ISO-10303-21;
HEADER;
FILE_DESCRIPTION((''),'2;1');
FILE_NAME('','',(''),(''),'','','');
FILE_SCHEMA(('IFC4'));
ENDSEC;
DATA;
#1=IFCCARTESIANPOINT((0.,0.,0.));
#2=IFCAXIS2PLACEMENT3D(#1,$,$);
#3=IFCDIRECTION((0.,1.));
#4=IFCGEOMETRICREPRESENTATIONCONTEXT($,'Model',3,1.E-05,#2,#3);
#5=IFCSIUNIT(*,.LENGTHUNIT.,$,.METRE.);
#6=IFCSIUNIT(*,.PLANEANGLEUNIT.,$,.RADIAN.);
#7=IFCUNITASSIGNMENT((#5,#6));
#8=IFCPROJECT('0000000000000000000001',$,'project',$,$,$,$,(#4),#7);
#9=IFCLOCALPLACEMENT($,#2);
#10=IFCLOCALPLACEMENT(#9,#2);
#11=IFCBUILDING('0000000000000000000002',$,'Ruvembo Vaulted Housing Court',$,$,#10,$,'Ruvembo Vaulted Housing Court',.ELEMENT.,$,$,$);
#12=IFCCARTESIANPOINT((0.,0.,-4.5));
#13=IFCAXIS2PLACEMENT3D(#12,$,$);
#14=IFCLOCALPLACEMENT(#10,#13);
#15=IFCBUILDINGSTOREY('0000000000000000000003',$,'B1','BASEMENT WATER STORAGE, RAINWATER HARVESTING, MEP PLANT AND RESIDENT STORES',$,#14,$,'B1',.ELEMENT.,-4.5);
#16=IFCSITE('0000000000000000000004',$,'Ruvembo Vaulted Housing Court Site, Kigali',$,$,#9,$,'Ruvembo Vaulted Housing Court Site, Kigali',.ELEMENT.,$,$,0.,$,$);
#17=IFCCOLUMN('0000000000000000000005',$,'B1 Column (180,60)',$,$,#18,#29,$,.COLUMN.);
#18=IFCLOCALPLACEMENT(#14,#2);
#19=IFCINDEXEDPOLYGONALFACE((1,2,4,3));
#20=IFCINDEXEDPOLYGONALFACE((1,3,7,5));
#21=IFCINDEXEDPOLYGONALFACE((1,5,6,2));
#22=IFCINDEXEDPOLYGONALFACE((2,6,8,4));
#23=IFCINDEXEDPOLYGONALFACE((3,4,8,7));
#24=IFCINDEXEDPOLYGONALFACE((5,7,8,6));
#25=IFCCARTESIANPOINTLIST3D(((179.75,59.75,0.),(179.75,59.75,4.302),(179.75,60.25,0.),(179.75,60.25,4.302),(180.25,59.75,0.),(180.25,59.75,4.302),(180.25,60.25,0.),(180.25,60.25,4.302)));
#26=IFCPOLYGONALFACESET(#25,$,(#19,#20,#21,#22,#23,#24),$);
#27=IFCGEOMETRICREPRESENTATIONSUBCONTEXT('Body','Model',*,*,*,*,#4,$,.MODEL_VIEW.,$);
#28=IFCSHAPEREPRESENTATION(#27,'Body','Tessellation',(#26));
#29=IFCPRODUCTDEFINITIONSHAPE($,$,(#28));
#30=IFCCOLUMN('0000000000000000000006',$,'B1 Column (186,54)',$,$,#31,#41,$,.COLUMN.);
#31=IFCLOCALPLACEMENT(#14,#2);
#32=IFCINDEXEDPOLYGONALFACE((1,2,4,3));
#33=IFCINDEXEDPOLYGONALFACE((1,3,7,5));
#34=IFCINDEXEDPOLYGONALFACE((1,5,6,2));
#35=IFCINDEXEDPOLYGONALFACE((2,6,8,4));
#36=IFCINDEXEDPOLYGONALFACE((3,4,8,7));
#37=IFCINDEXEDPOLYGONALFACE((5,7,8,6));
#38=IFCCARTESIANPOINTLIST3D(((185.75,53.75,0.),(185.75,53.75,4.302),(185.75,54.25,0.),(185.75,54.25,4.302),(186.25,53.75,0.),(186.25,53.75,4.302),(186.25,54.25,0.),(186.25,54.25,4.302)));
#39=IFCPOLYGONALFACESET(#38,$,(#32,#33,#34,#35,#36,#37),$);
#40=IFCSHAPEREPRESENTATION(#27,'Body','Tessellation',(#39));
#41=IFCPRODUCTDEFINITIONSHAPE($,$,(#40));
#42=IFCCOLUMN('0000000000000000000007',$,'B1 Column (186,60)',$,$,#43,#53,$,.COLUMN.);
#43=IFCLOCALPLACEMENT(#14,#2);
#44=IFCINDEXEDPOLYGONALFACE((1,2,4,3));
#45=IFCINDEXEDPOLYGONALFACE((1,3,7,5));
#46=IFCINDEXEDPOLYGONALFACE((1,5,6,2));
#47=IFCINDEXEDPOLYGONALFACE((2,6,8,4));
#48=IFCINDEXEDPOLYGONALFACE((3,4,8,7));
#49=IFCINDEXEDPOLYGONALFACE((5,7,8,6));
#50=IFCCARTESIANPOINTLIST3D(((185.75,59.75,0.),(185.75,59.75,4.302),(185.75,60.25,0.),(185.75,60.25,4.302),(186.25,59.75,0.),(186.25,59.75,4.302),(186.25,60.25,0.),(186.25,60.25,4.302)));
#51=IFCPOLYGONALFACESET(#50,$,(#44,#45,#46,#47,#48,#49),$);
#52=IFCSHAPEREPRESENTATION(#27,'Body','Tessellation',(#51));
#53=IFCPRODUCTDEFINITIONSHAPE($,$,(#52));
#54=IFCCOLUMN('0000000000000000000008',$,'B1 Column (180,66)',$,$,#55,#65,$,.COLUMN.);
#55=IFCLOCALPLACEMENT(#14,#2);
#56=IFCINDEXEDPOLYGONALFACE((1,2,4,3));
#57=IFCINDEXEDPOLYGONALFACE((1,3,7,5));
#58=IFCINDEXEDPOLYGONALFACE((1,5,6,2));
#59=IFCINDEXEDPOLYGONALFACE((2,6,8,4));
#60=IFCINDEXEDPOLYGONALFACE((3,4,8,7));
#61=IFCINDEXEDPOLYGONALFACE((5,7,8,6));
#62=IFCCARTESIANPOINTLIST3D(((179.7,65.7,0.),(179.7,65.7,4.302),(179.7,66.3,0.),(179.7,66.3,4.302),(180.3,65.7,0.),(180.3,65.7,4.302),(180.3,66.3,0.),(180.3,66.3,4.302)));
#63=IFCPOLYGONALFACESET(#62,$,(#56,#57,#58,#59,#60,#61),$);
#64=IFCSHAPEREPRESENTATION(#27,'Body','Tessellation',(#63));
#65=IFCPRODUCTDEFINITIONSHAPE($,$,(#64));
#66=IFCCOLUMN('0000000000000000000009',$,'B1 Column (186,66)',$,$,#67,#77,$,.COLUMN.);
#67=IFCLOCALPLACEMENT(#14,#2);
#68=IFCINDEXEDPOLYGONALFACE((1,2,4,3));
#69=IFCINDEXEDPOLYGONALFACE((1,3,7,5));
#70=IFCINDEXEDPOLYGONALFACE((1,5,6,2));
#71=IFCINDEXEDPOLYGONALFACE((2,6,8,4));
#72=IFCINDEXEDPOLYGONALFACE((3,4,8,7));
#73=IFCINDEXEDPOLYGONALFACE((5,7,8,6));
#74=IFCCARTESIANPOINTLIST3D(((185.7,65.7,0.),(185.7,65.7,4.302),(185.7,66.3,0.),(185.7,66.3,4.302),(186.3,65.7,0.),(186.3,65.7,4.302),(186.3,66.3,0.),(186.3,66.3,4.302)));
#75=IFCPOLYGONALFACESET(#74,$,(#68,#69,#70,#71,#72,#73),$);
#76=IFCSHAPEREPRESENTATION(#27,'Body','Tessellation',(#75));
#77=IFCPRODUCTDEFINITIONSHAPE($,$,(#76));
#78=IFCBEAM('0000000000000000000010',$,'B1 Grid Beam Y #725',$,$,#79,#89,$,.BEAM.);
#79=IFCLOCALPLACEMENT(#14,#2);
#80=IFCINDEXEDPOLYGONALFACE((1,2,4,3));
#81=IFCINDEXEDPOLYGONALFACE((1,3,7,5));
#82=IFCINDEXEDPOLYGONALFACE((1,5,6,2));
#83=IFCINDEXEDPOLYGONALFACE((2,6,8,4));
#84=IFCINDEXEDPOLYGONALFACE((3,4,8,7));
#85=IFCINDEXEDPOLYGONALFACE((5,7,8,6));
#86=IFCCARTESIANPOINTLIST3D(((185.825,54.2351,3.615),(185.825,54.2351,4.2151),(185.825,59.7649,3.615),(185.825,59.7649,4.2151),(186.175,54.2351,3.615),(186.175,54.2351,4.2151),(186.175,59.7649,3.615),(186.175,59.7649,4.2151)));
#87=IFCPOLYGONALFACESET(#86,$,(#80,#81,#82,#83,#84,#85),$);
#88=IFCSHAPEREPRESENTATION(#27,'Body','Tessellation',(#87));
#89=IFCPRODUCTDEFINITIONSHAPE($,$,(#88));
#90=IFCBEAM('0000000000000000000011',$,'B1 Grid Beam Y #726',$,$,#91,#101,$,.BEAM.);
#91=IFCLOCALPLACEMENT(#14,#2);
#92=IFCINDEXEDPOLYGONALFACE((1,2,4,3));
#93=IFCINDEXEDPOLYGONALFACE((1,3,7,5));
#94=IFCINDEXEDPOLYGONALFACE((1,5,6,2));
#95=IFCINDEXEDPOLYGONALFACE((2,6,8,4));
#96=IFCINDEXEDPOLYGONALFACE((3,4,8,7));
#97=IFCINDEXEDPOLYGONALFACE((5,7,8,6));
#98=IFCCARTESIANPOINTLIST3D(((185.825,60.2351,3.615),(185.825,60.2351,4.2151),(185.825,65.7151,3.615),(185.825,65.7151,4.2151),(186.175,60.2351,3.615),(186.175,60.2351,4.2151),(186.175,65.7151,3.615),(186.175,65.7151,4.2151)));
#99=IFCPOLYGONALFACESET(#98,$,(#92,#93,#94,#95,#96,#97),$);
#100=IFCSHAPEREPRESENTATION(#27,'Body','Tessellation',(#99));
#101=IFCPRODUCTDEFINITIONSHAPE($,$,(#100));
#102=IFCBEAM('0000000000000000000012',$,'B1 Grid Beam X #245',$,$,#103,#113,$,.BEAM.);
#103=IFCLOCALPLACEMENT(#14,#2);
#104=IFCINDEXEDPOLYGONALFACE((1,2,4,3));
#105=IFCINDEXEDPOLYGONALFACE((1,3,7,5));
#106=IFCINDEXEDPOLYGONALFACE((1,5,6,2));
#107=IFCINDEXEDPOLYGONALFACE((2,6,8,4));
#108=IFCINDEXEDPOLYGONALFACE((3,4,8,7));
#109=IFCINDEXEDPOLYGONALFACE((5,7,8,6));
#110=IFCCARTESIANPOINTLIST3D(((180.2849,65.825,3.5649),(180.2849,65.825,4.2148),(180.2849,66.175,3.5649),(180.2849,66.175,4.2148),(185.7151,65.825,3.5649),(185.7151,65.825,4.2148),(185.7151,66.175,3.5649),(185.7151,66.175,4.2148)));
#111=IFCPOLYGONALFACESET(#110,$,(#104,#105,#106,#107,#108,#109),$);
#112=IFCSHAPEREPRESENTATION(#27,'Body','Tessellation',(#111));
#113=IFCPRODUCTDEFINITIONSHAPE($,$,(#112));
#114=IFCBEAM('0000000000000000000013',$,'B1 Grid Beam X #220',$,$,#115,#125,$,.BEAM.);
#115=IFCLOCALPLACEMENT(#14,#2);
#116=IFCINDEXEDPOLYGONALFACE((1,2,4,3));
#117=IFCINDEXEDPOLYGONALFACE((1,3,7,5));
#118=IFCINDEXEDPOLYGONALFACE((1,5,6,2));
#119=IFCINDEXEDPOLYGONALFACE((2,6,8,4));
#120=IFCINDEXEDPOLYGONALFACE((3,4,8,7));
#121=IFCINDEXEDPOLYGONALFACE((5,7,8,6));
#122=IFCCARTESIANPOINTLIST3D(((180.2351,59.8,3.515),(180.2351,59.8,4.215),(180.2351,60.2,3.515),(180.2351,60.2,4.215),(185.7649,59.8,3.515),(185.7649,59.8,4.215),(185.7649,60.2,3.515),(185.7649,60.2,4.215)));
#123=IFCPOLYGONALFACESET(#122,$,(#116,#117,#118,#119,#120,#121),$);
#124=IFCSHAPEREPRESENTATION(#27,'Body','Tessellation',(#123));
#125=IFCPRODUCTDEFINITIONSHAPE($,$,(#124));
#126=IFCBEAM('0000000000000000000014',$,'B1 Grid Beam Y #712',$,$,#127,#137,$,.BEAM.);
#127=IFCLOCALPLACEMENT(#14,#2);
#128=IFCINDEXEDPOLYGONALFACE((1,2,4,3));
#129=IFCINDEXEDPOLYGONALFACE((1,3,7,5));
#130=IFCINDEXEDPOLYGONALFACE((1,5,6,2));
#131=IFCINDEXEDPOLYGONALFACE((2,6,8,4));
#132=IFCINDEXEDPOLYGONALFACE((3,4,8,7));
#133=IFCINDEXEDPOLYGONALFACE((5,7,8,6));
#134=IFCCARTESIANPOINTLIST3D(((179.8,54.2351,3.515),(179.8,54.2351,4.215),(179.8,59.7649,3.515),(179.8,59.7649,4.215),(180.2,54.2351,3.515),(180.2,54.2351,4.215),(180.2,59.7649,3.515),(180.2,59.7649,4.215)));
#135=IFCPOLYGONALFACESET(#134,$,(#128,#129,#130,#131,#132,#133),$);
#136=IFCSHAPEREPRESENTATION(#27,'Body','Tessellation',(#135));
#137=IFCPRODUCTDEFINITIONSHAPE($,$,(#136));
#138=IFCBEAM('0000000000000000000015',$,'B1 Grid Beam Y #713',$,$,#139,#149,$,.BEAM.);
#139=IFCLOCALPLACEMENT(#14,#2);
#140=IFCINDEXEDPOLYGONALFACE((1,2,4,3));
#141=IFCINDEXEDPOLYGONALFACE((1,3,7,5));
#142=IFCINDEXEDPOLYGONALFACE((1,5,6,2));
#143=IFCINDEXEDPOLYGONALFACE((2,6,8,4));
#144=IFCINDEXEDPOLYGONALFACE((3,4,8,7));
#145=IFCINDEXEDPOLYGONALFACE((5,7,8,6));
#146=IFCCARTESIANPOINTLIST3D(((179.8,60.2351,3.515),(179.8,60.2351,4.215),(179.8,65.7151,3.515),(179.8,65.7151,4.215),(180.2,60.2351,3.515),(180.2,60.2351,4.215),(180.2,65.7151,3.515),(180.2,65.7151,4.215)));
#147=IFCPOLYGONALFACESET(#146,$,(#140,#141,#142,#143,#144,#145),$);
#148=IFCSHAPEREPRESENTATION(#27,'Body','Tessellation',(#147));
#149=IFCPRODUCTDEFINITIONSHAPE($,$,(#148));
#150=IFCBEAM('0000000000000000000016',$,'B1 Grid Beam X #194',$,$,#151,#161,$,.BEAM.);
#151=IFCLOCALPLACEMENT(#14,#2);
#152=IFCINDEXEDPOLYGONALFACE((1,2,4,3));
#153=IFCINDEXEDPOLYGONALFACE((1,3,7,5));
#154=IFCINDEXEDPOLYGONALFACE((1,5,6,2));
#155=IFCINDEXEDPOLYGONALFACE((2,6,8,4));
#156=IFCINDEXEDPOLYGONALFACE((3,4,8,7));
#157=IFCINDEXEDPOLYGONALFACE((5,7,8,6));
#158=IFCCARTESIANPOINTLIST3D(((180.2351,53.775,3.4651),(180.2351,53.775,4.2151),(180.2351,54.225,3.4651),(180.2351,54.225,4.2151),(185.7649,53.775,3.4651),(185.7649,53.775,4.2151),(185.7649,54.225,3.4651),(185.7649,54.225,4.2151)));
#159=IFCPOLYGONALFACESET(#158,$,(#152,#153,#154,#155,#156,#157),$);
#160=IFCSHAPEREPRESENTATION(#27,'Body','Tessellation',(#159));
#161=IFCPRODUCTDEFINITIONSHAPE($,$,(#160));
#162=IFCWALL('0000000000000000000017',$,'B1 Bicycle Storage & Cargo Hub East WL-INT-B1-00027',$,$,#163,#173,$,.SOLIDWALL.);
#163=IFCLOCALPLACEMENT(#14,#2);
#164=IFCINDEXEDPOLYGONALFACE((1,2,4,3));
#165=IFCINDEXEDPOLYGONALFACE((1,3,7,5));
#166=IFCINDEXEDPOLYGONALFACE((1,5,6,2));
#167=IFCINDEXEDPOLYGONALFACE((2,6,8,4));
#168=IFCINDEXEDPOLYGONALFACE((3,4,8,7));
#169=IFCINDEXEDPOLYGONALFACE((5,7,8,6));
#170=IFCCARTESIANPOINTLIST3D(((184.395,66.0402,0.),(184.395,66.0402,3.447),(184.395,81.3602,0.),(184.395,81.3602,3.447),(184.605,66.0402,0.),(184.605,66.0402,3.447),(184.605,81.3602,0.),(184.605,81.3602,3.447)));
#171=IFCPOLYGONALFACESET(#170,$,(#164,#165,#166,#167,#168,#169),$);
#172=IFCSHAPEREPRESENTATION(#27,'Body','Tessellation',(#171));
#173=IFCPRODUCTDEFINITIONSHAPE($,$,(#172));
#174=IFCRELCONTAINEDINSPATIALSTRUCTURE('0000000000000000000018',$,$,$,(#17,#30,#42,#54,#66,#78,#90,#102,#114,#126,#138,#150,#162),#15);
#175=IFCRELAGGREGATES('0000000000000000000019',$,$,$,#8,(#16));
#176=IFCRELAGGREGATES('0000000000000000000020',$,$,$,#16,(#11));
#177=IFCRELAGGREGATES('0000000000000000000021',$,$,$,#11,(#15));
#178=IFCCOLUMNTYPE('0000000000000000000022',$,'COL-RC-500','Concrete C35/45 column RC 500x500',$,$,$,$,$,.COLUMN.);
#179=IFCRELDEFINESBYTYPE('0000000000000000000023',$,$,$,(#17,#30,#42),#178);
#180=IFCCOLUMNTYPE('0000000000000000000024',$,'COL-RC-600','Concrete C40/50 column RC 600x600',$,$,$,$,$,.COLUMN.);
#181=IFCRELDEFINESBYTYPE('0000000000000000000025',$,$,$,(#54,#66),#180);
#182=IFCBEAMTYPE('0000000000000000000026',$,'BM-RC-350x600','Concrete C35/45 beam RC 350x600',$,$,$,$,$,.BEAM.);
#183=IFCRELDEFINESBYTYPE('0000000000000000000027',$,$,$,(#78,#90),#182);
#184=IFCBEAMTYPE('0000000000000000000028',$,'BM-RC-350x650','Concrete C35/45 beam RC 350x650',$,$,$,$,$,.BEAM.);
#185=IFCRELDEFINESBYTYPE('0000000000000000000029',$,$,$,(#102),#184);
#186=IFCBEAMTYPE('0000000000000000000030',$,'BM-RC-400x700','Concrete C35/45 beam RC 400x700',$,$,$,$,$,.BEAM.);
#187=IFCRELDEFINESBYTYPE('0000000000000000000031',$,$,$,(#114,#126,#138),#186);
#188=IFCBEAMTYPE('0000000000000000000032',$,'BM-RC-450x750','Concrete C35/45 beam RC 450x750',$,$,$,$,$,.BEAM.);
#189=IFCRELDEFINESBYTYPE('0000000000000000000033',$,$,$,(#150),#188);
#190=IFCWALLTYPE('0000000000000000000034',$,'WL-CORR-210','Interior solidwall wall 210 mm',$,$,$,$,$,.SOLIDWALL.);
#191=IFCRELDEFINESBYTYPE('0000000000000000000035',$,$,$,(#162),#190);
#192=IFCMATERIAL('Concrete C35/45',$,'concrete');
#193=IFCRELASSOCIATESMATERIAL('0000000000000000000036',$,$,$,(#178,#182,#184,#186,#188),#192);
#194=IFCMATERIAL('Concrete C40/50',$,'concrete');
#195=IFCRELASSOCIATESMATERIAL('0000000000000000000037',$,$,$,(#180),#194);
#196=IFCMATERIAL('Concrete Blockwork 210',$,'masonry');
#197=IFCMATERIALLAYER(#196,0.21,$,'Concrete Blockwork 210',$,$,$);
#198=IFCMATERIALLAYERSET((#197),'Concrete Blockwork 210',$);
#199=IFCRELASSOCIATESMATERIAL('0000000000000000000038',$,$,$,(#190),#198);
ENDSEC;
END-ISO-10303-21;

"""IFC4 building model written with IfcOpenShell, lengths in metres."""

from ifc_helpers import new_model, si_unit, direction, frame, frame_2d, origin, origin_2d, place, context, subcontext, project, spatial, rectangle, extrude, material, layer, layer_set, material_profile, profile_set, type_object, element, save


model = new_model("IFC4")

# Units and contexts
model_context = context("Model", 3, precision=1e-05, world=origin(), true_north=direction((0.0, 1.0)))
body_context = subcontext(model_context, "Body", "Model", "MODEL_VIEW")
ifc_project = project(units=[si_unit("LENGTHUNIT", "METRE"), si_unit("PLANEANGLEUNIT", "RADIAN")], contexts=[model_context])

# Site, building, storey
site_placement = place(None, origin())
site = spatial("IfcSite", under=ifc_project, at=site_placement, Name="Ruvembo Vaulted Housing Court Site, Kigali", LongName="Ruvembo Vaulted Housing Court Site, Kigali", CompositionType="ELEMENT", RefElevation=0.0)
building_placement = place(site_placement, origin())
building = spatial("IfcBuilding", under=site, at=building_placement, Name="Ruvembo Vaulted Housing Court", LongName="Ruvembo Vaulted Housing Court", CompositionType="ELEMENT")
storey_placement = place(building_placement, frame((0.0, 0.0, -4.5)))
storey = spatial("IfcBuildingStorey", under=building, at=storey_placement, Name="B1", Description="BASEMENT WATER STORAGE, RAINWATER HARVESTING, MEP PLANT AND RESIDENT STORES", LongName="B1", CompositionType="ELEMENT", Elevation=-4.5)

# Shared definitions
ifc_material_1 = material(Name="Concrete C35/45", Category="concrete")

# Columns
ifc_material_profile_1 = material_profile(ifc_material_1, rectangle(XDim=0.5, YDim=0.5, at=origin_2d()), Name="RC 500x500")
ifc_profile_set_1 = profile_set([ifc_material_profile_1], Name="Concrete C35/45")
column_type_1 = type_object("IfcColumnType", Name="COL-RC-500", Description="Concrete C35/45 column RC 500x500", PredefinedType="COLUMN", material=ifc_profile_set_1)
for number, where, z_axis, x_axis, name in (
    (1, (180.0, 60.0, 0.0), (0.0, 0.0, 1.0), (1.0, 0.0, 0.0), "B1 Column (180,60)"),
    (2, (186.0, 54.0, 0.0), (0.0, 0.0, 1.0), (1.0, 0.0, 0.0), "B1 Column (186,54)"),
    (3, (186.0, 60.0, 0.0), (0.0, 0.0, 1.0), (1.0, 0.0, 0.0), "B1 Column (186,60)"),
):
    element("IfcColumn", number, at=place(storey_placement, frame(where, z_axis=z_axis, x_axis=x_axis)), inside=storey, type_object=column_type_1, Name=name, PredefinedType="COLUMN", context=body_context, shape_type="SweptSolid", body=[
        extrude(rectangle(XDim=0.5, YDim=0.5, at=origin_2d()), origin(), (0.0, 0.0, 1.0), 4.302),
    ])
ifc_material_2 = material(Name="Concrete C40/50", Category="concrete")
ifc_material_profile_2 = material_profile(ifc_material_2, rectangle(XDim=0.6001, YDim=0.6001, at=origin_2d()), Name="RC 600x600")
ifc_profile_set_2 = profile_set([ifc_material_profile_2], Name="Concrete C40/50")
column_type_2 = type_object("IfcColumnType", Name="COL-RC-600", Description="Concrete C40/50 column RC 600x600", PredefinedType="COLUMN", material=ifc_profile_set_2)
for number, where, z_axis, x_axis, name in (
    (4, (180.0, 66.0, 0.0), (0.0, 0.0, 1.0), (1.0, 0.0, 0.0), "B1 Column (180,66)"),
    (5, (186.0, 66.0, 0.0), (0.0, 0.0, 1.0), (1.0, 0.0, 0.0), "B1 Column (186,66)"),
):
    element("IfcColumn", number, at=place(storey_placement, frame(where, z_axis=z_axis, x_axis=x_axis)), inside=storey, type_object=column_type_2, Name=name, PredefinedType="COLUMN", context=body_context, shape_type="SweptSolid", body=[
        extrude(rectangle(XDim=0.6001, YDim=0.6001, at=origin_2d()), origin(), (0.0, 0.0, 1.0), 4.302),
    ])

# Beams
ifc_material_profile_3 = material_profile(ifc_material_1, rectangle(XDim=0.3501, YDim=0.6001, at=origin_2d()), Name="RC 350x600")
ifc_profile_set_3 = profile_set([ifc_material_profile_3], Name="Concrete C35/45")
beam_type_1 = type_object("IfcBeamType", Name="BM-RC-350x600", Description="Concrete C35/45 beam RC 350x600", PredefinedType="BEAM", material=ifc_profile_set_3)
beam_1_placement = place(storey_placement, frame((186.0, 54.2351, 3.915), z_axis=(0.0, 1.0, 0.0), x_axis=(-1.0, 0.0, 0.0)))
element("IfcBeam", 6, at=beam_1_placement, inside=storey, type_object=beam_type_1, Name="B1 Grid Beam Y #725", PredefinedType="BEAM", context=body_context, shape_type="SweptSolid", body=[
    extrude(rectangle(XDim=0.3501, YDim=0.6001, at=origin_2d()), origin(), (0.0, 0.0, 1.0), 5.5298),
])
beam_2_placement = place(storey_placement, frame((186.0, 60.2351, 3.915), z_axis=(0.0, 1.0, 0.0), x_axis=(-1.0, 0.0, 0.0)))
element("IfcBeam", 7, at=beam_2_placement, inside=storey, type_object=beam_type_1, Name="B1 Grid Beam Y #726", PredefinedType="BEAM", context=body_context, shape_type="SweptSolid", body=[
    extrude(rectangle(XDim=0.3501, YDim=0.6001, at=origin_2d()), origin(), (0.0, 0.0, 1.0), 5.48),
])
ifc_material_profile_4 = material_profile(ifc_material_1, rectangle(XDim=0.3501, YDim=0.6499, at=origin_2d()), Name="RC 350x650")
ifc_profile_set_4 = profile_set([ifc_material_profile_4], Name="Concrete C35/45")
beam_type_2 = type_object("IfcBeamType", Name="BM-RC-350x650", Description="Concrete C35/45 beam RC 350x650", PredefinedType="BEAM", material=ifc_profile_set_4)
beam_3_placement = place(storey_placement, frame((180.2849, 66.0, 3.8899), z_axis=(1.0, 0.0, 0.0), x_axis=(0.0, 1.0, 0.0)))
element("IfcBeam", 8, at=beam_3_placement, inside=storey, type_object=beam_type_2, Name="B1 Grid Beam X #245", PredefinedType="BEAM", context=body_context, shape_type="SweptSolid", body=[
    extrude(rectangle(XDim=0.3501, YDim=0.6499, at=origin_2d()), origin(), (0.0, 0.0, 1.0), 5.4302),
])
ifc_material_profile_5 = material_profile(ifc_material_1, rectangle(XDim=0.3999, YDim=0.7, at=origin_2d()), Name="RC 400x700")
ifc_profile_set_5 = profile_set([ifc_material_profile_5], Name="Concrete C35/45")
beam_type_3 = type_object("IfcBeamType", Name="BM-RC-400x700", Description="Concrete C35/45 beam RC 400x700", PredefinedType="BEAM", material=ifc_profile_set_5)
for number, where, z_axis, x_axis, name in (
    (9, (180.2351, 60.0, 3.865), (1.0, 0.0, 0.0), (0.0, 1.0, 0.0), "B1 Grid Beam X #220"),
    (10, (180.0, 54.2351, 3.865), (0.0, 1.0, 0.0), (-1.0, 0.0, 0.0), "B1 Grid Beam Y #712"),
):
    element("IfcBeam", number, at=place(storey_placement, frame(where, z_axis=z_axis, x_axis=x_axis)), inside=storey, type_object=beam_type_3, Name=name, PredefinedType="BEAM", context=body_context, shape_type="SweptSolid", body=[
        extrude(rectangle(XDim=0.3999, YDim=0.7, at=origin_2d()), origin(), (0.0, 0.0, 1.0), 5.5298),
    ])
beam_4_placement = place(storey_placement, frame((180.0, 60.2351, 3.865), z_axis=(0.0, 1.0, 0.0), x_axis=(-1.0, 0.0, 0.0)))
element("IfcBeam", 11, at=beam_4_placement, inside=storey, type_object=beam_type_3, Name="B1 Grid Beam Y #713", PredefinedType="BEAM", context=body_context, shape_type="SweptSolid", body=[
    extrude(rectangle(XDim=0.3999, YDim=0.7, at=origin_2d()), origin(), (0.0, 0.0, 1.0), 5.48),
])
ifc_material_profile_6 = material_profile(ifc_material_1, rectangle(XDim=0.45, YDim=0.75, at=origin_2d()), Name="RC 450x750")
ifc_profile_set_6 = profile_set([ifc_material_profile_6], Name="Concrete C35/45")
beam_type_4 = type_object("IfcBeamType", Name="BM-RC-450x750", Description="Concrete C35/45 beam RC 450x750", PredefinedType="BEAM", material=ifc_profile_set_6)
beam_5_placement = place(storey_placement, frame((180.2351, 54.0, 3.8401), z_axis=(1.0, 0.0, 0.0), x_axis=(0.0, 1.0, 0.0)))
element("IfcBeam", 12, at=beam_5_placement, inside=storey, type_object=beam_type_4, Name="B1 Grid Beam X #194", PredefinedType="BEAM", context=body_context, shape_type="SweptSolid", body=[
    extrude(rectangle(XDim=0.45, YDim=0.75, at=origin_2d()), origin(), (0.0, 0.0, 1.0), 5.5298),
])

# Wall
ifc_material_3 = material(Name="Concrete Blockwork 210", Category="masonry")
ifc_layer = layer(ifc_material_3, 0.21, Name="Concrete Blockwork 210")
ifc_layer_set = layer_set([ifc_layer], Name="Concrete Blockwork 210")
wall_type = type_object("IfcWallType", Name="WL-CORR-210", Description="Interior solidwall wall 210 mm", PredefinedType="SOLIDWALL", material=ifc_layer_set)
wall_placement = place(storey_placement, frame((184.5, 66.04, 0.0), z_axis=(0.0, 0.0, 1.0), x_axis=(0.0, 1.0, 0.0)))
element("IfcWall", 13, at=wall_placement, inside=storey, type_object=wall_type, Name="B1 Bicycle Storage & Cargo Hub East WL-INT-B1-00027", PredefinedType="SOLIDWALL", context=body_context, shape_type="SweptSolid", body=[
    extrude(rectangle(XDim=15.3201, YDim=0.21, at=frame_2d((7.6602, 0.0))), origin(), (0.0, 0.0, 1.0), 3.447),
])

save(model, "model.ifc")
